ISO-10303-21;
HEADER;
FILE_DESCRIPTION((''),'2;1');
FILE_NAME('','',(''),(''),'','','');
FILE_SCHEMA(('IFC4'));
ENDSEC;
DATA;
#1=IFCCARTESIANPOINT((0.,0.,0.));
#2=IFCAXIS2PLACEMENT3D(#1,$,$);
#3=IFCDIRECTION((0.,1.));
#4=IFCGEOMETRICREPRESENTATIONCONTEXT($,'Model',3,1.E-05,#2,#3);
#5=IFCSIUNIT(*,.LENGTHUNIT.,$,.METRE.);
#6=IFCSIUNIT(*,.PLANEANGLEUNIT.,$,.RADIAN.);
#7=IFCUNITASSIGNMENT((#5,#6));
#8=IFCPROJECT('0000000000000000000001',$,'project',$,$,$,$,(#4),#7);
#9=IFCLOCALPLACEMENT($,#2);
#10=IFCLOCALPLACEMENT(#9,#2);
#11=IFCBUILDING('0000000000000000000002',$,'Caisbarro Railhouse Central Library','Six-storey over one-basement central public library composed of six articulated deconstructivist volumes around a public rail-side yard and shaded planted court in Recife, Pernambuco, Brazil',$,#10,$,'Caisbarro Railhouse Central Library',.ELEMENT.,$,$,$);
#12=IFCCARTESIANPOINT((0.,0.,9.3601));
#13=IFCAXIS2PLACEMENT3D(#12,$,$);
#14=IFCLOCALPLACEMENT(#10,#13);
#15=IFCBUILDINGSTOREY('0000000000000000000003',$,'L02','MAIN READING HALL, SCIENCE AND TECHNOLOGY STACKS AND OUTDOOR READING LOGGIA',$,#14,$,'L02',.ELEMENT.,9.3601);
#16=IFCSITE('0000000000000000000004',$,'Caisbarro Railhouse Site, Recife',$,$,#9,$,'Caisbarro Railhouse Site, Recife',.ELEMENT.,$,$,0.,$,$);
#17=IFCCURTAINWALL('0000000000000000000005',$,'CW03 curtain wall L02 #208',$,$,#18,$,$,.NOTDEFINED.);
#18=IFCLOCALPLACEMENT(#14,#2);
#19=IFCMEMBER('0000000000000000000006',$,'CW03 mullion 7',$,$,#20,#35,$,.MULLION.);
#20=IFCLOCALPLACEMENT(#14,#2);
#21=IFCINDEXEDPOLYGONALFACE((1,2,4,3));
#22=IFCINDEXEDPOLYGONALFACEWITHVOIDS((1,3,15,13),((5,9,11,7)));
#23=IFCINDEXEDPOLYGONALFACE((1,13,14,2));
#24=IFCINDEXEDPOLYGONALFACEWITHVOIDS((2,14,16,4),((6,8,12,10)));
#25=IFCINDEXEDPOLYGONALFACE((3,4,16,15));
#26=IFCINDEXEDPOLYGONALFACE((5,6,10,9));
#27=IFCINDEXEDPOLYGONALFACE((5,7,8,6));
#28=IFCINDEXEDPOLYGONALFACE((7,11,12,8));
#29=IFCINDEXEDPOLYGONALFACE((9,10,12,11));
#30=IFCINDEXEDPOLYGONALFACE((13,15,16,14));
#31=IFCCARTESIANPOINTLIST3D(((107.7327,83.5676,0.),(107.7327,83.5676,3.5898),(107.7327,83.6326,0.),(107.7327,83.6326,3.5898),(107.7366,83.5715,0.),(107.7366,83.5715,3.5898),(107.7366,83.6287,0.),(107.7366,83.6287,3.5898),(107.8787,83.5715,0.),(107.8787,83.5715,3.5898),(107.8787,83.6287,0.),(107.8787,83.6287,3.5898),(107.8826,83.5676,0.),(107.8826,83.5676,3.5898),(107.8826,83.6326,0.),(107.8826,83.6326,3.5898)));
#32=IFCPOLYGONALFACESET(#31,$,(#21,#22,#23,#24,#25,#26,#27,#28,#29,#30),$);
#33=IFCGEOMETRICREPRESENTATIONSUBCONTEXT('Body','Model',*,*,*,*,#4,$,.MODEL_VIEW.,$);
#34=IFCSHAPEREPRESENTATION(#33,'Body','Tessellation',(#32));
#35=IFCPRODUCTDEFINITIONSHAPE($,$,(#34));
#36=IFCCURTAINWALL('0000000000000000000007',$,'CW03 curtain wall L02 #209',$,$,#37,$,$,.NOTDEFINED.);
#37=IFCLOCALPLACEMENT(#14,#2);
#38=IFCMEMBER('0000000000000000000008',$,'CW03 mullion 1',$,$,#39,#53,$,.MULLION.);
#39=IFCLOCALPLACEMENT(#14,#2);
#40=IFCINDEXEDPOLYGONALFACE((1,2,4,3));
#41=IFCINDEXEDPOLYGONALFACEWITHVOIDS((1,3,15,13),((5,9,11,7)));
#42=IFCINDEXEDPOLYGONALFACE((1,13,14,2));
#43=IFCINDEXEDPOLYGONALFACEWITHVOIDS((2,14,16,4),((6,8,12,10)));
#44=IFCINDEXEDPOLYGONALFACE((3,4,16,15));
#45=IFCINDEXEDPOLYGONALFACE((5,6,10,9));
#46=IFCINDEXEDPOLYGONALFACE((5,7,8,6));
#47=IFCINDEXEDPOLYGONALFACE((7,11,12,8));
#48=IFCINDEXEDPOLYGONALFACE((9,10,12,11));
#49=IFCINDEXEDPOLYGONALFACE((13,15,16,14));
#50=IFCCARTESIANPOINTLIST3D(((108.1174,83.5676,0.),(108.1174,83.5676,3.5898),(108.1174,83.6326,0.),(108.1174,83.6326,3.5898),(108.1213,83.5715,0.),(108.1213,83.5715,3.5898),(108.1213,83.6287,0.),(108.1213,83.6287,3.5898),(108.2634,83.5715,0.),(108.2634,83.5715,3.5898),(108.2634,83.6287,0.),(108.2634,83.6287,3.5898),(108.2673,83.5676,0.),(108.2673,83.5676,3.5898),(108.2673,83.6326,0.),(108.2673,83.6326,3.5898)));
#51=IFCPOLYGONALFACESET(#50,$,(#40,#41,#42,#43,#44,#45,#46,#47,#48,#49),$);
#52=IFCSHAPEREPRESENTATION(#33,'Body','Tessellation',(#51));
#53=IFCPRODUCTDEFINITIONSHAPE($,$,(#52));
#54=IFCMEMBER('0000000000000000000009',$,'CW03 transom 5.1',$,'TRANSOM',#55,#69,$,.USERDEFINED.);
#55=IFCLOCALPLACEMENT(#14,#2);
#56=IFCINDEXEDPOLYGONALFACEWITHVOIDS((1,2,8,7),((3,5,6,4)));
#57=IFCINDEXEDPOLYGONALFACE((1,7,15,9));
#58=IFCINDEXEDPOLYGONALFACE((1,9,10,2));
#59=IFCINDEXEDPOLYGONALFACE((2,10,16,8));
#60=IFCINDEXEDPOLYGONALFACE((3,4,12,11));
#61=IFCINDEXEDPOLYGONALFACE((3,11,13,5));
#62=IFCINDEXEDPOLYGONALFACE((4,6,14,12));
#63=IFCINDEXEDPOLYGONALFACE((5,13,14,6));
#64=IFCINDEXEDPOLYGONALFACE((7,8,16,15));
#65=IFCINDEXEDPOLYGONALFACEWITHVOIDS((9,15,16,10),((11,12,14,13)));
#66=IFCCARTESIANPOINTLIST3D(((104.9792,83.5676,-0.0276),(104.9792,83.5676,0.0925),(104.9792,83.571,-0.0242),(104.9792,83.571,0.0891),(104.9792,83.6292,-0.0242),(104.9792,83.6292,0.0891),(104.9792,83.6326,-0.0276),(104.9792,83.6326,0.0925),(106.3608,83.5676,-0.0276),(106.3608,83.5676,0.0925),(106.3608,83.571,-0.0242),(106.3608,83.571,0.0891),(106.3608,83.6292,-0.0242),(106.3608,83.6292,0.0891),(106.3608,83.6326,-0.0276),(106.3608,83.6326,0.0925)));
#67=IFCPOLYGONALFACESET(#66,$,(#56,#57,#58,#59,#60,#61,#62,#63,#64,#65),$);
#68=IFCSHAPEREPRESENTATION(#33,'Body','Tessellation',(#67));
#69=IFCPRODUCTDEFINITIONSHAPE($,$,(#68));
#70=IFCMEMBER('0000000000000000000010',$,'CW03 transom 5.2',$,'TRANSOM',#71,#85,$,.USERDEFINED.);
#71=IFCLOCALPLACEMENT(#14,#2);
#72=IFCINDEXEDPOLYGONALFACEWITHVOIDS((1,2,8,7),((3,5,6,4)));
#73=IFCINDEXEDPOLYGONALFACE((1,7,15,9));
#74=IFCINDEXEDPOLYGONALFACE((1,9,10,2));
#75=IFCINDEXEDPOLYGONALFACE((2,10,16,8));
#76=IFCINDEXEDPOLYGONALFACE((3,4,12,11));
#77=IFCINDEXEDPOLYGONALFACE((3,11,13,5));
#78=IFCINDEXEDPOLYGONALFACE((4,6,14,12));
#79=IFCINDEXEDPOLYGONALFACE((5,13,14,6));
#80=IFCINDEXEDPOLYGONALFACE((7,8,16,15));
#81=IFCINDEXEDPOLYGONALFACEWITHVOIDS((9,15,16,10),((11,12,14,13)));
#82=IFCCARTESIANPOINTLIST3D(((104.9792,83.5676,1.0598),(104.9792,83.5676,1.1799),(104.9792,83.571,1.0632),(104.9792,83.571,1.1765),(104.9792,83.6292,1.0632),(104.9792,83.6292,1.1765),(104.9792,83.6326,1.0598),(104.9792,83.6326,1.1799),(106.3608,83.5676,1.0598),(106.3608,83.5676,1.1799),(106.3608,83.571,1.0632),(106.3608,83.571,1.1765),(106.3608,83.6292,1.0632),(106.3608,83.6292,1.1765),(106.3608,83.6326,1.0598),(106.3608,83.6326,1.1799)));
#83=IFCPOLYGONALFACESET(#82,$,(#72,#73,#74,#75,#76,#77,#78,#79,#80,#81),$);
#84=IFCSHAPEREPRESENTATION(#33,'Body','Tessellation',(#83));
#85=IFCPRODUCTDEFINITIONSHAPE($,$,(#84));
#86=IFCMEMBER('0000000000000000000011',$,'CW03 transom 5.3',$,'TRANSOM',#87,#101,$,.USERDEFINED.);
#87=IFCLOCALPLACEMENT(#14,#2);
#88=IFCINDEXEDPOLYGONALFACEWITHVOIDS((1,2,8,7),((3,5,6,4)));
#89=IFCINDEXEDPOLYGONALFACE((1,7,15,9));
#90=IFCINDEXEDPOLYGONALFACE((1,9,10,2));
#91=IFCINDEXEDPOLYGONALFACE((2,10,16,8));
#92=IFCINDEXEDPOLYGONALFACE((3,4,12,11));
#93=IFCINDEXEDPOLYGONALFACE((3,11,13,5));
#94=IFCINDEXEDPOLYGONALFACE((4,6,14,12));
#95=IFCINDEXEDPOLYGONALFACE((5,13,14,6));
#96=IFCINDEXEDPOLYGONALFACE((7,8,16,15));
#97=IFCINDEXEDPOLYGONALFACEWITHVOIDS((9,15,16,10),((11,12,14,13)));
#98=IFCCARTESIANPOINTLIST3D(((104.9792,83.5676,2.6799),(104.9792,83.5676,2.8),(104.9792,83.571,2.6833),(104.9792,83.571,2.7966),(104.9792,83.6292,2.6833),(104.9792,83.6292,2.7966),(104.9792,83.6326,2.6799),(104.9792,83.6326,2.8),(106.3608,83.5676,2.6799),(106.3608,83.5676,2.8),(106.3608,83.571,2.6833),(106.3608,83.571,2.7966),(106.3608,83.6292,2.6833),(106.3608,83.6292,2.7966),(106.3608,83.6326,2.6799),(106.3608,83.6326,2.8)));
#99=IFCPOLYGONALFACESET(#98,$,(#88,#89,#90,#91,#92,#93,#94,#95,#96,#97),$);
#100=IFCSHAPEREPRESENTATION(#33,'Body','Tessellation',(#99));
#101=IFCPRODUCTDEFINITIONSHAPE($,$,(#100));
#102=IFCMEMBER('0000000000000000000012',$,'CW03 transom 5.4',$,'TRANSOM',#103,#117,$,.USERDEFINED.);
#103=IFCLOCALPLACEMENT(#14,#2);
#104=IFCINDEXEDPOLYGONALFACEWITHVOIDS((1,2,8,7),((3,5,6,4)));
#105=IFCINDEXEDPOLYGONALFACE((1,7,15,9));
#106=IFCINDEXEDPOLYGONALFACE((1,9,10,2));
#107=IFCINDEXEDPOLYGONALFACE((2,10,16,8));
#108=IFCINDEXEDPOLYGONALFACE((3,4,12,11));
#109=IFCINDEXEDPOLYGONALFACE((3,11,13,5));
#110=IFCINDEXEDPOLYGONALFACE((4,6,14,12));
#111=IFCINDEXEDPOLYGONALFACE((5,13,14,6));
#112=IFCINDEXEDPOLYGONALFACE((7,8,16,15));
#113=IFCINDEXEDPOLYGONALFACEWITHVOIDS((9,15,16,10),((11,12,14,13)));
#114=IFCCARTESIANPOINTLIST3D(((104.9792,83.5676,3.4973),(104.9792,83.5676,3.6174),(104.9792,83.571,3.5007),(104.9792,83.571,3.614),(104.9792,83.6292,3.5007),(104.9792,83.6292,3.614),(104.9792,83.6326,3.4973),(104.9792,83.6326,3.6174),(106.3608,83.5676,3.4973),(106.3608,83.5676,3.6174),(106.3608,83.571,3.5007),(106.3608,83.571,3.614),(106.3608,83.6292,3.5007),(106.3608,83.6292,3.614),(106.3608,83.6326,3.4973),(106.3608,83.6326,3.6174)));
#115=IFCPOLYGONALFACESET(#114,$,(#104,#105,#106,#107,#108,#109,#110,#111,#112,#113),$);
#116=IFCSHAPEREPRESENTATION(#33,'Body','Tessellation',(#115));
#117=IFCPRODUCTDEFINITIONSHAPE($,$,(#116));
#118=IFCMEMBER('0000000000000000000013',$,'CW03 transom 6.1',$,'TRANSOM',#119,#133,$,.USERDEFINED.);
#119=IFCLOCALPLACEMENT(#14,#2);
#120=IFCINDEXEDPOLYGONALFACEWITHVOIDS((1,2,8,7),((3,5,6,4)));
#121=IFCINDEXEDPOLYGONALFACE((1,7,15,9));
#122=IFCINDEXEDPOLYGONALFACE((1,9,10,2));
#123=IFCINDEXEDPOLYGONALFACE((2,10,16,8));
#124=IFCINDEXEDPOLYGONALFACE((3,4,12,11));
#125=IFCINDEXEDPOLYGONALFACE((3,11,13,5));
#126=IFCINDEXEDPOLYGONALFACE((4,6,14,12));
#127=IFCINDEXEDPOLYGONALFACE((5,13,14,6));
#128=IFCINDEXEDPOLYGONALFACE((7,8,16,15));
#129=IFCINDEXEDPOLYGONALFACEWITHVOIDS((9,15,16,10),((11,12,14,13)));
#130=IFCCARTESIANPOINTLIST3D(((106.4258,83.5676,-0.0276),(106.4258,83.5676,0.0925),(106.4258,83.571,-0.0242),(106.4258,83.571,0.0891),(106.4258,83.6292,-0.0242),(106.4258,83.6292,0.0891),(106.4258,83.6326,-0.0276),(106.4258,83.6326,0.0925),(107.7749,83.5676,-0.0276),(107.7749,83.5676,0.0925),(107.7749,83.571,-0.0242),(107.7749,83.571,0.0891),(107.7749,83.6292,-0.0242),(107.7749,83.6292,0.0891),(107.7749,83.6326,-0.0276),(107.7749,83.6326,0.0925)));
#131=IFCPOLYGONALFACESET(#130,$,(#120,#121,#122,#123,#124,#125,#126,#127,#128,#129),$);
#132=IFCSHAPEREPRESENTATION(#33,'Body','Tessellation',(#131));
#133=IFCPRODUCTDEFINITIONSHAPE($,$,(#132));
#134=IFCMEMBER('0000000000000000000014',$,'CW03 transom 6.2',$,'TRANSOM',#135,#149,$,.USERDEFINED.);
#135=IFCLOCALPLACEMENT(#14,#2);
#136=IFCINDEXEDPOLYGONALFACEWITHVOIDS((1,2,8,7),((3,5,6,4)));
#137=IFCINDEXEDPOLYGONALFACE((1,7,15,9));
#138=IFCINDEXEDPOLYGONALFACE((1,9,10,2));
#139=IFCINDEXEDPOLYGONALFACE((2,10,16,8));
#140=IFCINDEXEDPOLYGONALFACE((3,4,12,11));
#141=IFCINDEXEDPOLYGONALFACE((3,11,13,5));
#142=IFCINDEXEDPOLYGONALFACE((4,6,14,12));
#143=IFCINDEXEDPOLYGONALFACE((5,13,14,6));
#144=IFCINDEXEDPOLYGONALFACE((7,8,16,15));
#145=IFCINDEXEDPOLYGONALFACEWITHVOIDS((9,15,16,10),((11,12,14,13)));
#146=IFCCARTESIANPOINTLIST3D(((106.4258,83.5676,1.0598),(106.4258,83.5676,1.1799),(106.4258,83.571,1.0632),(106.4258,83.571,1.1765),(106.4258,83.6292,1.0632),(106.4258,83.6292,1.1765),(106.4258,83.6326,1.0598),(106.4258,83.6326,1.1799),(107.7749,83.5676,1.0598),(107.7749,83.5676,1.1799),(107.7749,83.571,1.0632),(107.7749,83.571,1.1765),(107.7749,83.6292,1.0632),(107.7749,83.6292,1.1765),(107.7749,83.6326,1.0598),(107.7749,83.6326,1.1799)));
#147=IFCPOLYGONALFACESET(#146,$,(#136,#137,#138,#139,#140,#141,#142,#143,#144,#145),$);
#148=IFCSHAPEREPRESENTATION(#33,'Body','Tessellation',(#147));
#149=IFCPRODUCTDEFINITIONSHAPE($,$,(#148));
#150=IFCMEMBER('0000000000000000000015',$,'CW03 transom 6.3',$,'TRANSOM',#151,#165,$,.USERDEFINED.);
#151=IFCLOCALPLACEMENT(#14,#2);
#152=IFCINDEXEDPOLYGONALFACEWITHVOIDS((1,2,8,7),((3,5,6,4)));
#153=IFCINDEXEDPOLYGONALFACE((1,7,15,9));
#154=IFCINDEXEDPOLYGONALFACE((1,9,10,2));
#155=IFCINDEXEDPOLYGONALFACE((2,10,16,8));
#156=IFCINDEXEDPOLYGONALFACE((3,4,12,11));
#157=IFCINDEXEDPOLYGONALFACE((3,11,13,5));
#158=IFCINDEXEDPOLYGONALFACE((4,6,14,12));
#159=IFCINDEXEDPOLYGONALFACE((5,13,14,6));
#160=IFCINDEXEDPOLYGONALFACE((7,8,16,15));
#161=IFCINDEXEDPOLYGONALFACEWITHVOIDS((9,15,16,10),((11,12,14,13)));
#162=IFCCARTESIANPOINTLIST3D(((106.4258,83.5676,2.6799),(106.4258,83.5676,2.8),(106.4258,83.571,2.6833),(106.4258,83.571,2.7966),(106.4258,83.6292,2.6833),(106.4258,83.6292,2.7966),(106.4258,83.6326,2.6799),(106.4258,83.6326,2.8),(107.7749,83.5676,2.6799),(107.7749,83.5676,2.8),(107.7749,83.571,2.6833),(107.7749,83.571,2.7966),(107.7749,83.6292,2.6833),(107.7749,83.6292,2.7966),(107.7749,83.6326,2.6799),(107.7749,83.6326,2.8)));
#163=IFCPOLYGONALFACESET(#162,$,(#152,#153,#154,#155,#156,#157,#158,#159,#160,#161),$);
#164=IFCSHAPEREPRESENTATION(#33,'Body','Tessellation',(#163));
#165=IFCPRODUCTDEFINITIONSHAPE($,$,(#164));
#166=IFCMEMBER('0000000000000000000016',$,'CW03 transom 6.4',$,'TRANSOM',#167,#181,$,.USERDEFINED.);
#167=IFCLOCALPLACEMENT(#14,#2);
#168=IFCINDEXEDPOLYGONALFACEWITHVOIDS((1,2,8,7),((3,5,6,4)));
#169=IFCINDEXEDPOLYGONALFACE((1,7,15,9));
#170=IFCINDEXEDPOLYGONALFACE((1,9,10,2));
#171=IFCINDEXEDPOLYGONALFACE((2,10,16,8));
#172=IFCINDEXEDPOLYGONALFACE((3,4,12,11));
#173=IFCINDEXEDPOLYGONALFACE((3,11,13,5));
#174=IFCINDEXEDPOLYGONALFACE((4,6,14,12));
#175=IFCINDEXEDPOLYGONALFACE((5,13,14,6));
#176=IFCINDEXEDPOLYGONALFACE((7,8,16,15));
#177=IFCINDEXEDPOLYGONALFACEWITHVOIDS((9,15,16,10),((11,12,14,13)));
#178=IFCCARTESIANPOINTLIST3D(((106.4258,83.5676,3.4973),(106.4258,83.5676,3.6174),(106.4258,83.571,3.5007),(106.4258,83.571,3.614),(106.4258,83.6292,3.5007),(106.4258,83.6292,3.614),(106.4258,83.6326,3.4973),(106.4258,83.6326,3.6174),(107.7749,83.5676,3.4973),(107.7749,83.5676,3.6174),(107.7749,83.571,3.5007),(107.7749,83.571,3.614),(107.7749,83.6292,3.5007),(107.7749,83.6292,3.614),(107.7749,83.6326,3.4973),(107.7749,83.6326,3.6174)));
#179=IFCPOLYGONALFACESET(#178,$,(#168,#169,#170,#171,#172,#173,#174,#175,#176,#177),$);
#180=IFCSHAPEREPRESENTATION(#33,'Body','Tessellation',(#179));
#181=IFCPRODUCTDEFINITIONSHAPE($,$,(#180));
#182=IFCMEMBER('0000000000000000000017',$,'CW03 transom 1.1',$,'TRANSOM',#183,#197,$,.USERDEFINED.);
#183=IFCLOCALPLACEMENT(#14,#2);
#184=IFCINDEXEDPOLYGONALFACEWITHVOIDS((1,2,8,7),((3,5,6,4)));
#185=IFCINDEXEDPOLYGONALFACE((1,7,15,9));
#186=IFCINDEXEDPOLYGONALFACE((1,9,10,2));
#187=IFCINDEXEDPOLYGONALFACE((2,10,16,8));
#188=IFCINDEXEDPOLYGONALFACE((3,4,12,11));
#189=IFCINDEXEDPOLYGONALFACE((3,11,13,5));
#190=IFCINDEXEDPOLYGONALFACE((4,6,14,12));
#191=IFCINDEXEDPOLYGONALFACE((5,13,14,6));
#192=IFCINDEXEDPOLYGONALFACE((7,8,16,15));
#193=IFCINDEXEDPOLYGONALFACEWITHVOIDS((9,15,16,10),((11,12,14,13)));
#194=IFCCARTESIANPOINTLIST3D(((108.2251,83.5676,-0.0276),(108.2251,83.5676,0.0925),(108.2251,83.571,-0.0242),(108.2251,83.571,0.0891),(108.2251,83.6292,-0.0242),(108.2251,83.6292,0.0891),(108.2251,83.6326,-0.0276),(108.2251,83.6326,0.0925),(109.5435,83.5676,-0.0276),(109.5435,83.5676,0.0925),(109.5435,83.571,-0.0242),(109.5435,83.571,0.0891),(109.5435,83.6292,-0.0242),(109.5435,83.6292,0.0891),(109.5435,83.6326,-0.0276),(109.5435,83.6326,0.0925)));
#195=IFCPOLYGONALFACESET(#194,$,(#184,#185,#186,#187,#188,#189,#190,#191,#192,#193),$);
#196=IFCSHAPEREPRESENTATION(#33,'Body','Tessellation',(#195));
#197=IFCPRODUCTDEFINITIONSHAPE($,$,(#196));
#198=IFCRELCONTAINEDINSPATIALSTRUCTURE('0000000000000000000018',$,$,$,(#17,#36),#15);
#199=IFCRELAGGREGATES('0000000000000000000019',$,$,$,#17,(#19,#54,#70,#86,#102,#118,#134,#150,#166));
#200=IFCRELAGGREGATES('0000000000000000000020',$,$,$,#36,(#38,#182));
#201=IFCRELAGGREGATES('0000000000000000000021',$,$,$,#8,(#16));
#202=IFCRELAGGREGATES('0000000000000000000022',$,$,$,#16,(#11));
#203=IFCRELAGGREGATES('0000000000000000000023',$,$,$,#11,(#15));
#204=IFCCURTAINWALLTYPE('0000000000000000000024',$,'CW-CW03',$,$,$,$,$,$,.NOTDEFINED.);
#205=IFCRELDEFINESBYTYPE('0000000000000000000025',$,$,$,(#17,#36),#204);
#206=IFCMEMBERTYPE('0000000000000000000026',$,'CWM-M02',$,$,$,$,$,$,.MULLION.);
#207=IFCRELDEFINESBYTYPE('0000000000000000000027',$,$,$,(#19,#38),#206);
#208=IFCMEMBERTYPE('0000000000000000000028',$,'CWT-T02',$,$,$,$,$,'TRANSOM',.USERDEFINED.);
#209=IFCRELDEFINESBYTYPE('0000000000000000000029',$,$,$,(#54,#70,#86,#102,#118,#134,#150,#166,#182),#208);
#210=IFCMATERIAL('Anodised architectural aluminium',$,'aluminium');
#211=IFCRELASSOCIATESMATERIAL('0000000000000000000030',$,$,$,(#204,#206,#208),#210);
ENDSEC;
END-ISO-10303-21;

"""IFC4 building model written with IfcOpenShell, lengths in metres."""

from ifc_helpers import new_model, si_unit, direction, frame, origin, origin_2d, place, context, subcontext, project, spatial, hollow_rectangle, extrude, material, material_profile, profile_set, type_object, element, aggregate, save


model = new_model("IFC4")

# Units and contexts
model_context = context("Model", 3, precision=1e-05, world=origin(), true_north=direction((0.0, 1.0)))
body_context = subcontext(model_context, "Body", "Model", "MODEL_VIEW")
ifc_project = project(units=[si_unit("LENGTHUNIT", "METRE"), si_unit("PLANEANGLEUNIT", "RADIAN")], contexts=[model_context])

# Site, building, storey
site_placement = place(None, origin())
site = spatial("IfcSite", under=ifc_project, at=site_placement, Name="Caisbarro Railhouse Site, Recife", LongName="Caisbarro Railhouse Site, Recife", CompositionType="ELEMENT", RefElevation=0.0)
building_placement = place(site_placement, origin())
building = spatial("IfcBuilding", under=site, at=building_placement, Name="Caisbarro Railhouse Central Library", Description="Six-storey over one-basement central public library composed of six articulated deconstructivist volumes around a public rail-side yard and shaded planted court in Recife, Pernambuco, Brazil", LongName="Caisbarro Railhouse Central Library", CompositionType="ELEMENT")
storey_placement = place(building_placement, frame((0.0, 0.0, 9.3601)))
storey = spatial("IfcBuildingStorey", under=building, at=storey_placement, Name="L02", Description="MAIN READING HALL, SCIENCE AND TECHNOLOGY STACKS AND OUTDOOR READING LOGGIA", LongName="L02", CompositionType="ELEMENT", Elevation=9.3601)

# Curtain wall, member
ifc_material_1 = material(Name="Anodised architectural aluminium", Category="aluminium")
curtain_wall_type = type_object("IfcCurtainWallType", Name="CW-CW03", PredefinedType="NOTDEFINED", material=ifc_material_1)
curtain_wall_1_placement = place(storey_placement, origin())
curtain_wall_1 = element("IfcCurtainWall", 1, at=curtain_wall_1_placement, inside=storey, type_object=curtain_wall_type, Name="CW03 curtain wall L02 #208", PredefinedType="NOTDEFINED")
ifc_material_profile_1 = material_profile(ifc_material_1, hollow_rectangle(XDim=0.0649, YDim=0.1499, WallThickness=0.0039, at=origin_2d()), Name="ALU-MUL-65X150")
ifc_profile_set_1 = profile_set([ifc_material_profile_1], Name="Anodised architectural aluminium")
member_type_1 = type_object("IfcMemberType", Name="CWM-M02", PredefinedType="MULLION", material=ifc_profile_set_1)
member_1_placement = place(storey_placement, frame((107.8076, 83.6001, 0.0), z_axis=(0.0, 0.0, 1.0), x_axis=(0.0, 1.0, 0.0)))
member_1 = element("IfcMember", 2, at=member_1_placement, type_object=member_type_1, Name="CW03 mullion 7", PredefinedType="MULLION", context=body_context, shape_type="SweptSolid", body=[
    extrude(hollow_rectangle(XDim=0.0649, YDim=0.1499, WallThickness=0.0039, at=origin_2d()), origin(), (0.0, 0.0, 1.0), 3.5898),
])

# Curtain wall, member
curtain_wall_2_placement = place(storey_placement, origin())
curtain_wall_2 = element("IfcCurtainWall", 3, at=curtain_wall_2_placement, inside=storey, type_object=curtain_wall_type, Name="CW03 curtain wall L02 #209", PredefinedType="NOTDEFINED")
member_2_placement = place(storey_placement, frame((108.1924, 83.6001, 0.0), z_axis=(0.0, 0.0, 1.0), x_axis=(0.0, 1.0, 0.0)))
member_2 = element("IfcMember", 4, at=member_2_placement, type_object=member_type_1, Name="CW03 mullion 1", PredefinedType="MULLION", context=body_context, shape_type="SweptSolid", body=[
    extrude(hollow_rectangle(XDim=0.0649, YDim=0.1499, WallThickness=0.0039, at=origin_2d()), origin(), (0.0, 0.0, 1.0), 3.5898),
])

# Members
ifc_material_profile_2 = material_profile(ifc_material_1, hollow_rectangle(XDim=0.0649, YDim=0.1201, WallThickness=0.0034, at=origin_2d()), Name="ALU-TRN-65X120")
ifc_profile_set_2 = profile_set([ifc_material_profile_2], Name="Anodised architectural aluminium")
member_type_2 = type_object("IfcMemberType", Name="CWT-T02", ElementType="TRANSOM", PredefinedType="USERDEFINED", material=ifc_profile_set_2)
member_3_placement = place(storey_placement, frame((104.9792, 83.6001, 0.0325), z_axis=(1.0, 0.0, 0.0), x_axis=(0.0, 1.0, 0.0)))
member_3 = element("IfcMember", 5, at=member_3_placement, type_object=member_type_2, Name="CW03 transom 5.1", ObjectType="TRANSOM", PredefinedType="USERDEFINED", context=body_context, shape_type="SweptSolid", body=[
    extrude(hollow_rectangle(XDim=0.0649, YDim=0.1201, WallThickness=0.0034, at=origin_2d()), origin(), (0.0, 0.0, 1.0), 1.3816),
])
member_4_placement = place(storey_placement, frame((104.9792, 83.6001, 1.1199), z_axis=(1.0, 0.0, 0.0), x_axis=(0.0, 1.0, 0.0)))
member_4 = element("IfcMember", 6, at=member_4_placement, type_object=member_type_2, Name="CW03 transom 5.2", ObjectType="TRANSOM", PredefinedType="USERDEFINED", context=body_context, shape_type="SweptSolid", body=[
    extrude(hollow_rectangle(XDim=0.0649, YDim=0.1201, WallThickness=0.0034, at=origin_2d()), origin(), (0.0, 0.0, 1.0), 1.3816),
])
member_5_placement = place(storey_placement, frame((104.9792, 83.6001, 2.74), z_axis=(1.0, 0.0, 0.0), x_axis=(0.0, 1.0, 0.0)))
member_5 = element("IfcMember", 7, at=member_5_placement, type_object=member_type_2, Name="CW03 transom 5.3", ObjectType="TRANSOM", PredefinedType="USERDEFINED", context=body_context, shape_type="SweptSolid", body=[
    extrude(hollow_rectangle(XDim=0.0649, YDim=0.1201, WallThickness=0.0034, at=origin_2d()), origin(), (0.0, 0.0, 1.0), 1.3816),
])
member_6_placement = place(storey_placement, frame((104.9792, 83.6001, 3.5574), z_axis=(1.0, 0.0, 0.0), x_axis=(0.0, 1.0, 0.0)))
member_6 = element("IfcMember", 8, at=member_6_placement, type_object=member_type_2, Name="CW03 transom 5.4", ObjectType="TRANSOM", PredefinedType="USERDEFINED", context=body_context, shape_type="SweptSolid", body=[
    extrude(hollow_rectangle(XDim=0.0649, YDim=0.1201, WallThickness=0.0034, at=origin_2d()), origin(), (0.0, 0.0, 1.0), 1.3816),
])
member_7_placement = place(storey_placement, frame((106.4258, 83.6001, 0.0325), z_axis=(1.0, 0.0, 0.0), x_axis=(0.0, 1.0, 0.0)))
member_7 = element("IfcMember", 9, at=member_7_placement, type_object=member_type_2, Name="CW03 transom 6.1", ObjectType="TRANSOM", PredefinedType="USERDEFINED", context=body_context, shape_type="SweptSolid", body=[
    extrude(hollow_rectangle(XDim=0.0649, YDim=0.1201, WallThickness=0.0034, at=origin_2d()), origin(), (0.0, 0.0, 1.0), 1.3491),
])
member_8_placement = place(storey_placement, frame((106.4258, 83.6001, 1.1199), z_axis=(1.0, 0.0, 0.0), x_axis=(0.0, 1.0, 0.0)))
member_8 = element("IfcMember", 10, at=member_8_placement, type_object=member_type_2, Name="CW03 transom 6.2", ObjectType="TRANSOM", PredefinedType="USERDEFINED", context=body_context, shape_type="SweptSolid", body=[
    extrude(hollow_rectangle(XDim=0.0649, YDim=0.1201, WallThickness=0.0034, at=origin_2d()), origin(), (0.0, 0.0, 1.0), 1.3491),
])
member_9_placement = place(storey_placement, frame((106.4258, 83.6001, 2.74), z_axis=(1.0, 0.0, 0.0), x_axis=(0.0, 1.0, 0.0)))
member_9 = element("IfcMember", 11, at=member_9_placement, type_object=member_type_2, Name="CW03 transom 6.3", ObjectType="TRANSOM", PredefinedType="USERDEFINED", context=body_context, shape_type="SweptSolid", body=[
    extrude(hollow_rectangle(XDim=0.0649, YDim=0.1201, WallThickness=0.0034, at=origin_2d()), origin(), (0.0, 0.0, 1.0), 1.3491),
])
member_10_placement = place(storey_placement, frame((106.4258, 83.6001, 3.5574), z_axis=(1.0, 0.0, 0.0), x_axis=(0.0, 1.0, 0.0)))
member_10 = element("IfcMember", 12, at=member_10_placement, type_object=member_type_2, Name="CW03 transom 6.4", ObjectType="TRANSOM", PredefinedType="USERDEFINED", context=body_context, shape_type="SweptSolid", body=[
    extrude(hollow_rectangle(XDim=0.0649, YDim=0.1201, WallThickness=0.0034, at=origin_2d()), origin(), (0.0, 0.0, 1.0), 1.3491),
])
member_11_placement = place(storey_placement, frame((108.2251, 83.6001, 0.0325), z_axis=(1.0, 0.0, 0.0), x_axis=(0.0, 1.0, 0.0)))
member_11 = element("IfcMember", 13, at=member_11_placement, type_object=member_type_2, Name="CW03 transom 1.1", ObjectType="TRANSOM", PredefinedType="USERDEFINED", context=body_context, shape_type="SweptSolid", body=[
    extrude(hollow_rectangle(XDim=0.0649, YDim=0.1201, WallThickness=0.0034, at=origin_2d()), origin(), (0.0, 0.0, 1.0), 1.3184),
])

aggregate(curtain_wall_1, [member_1, member_3, member_4, member_5, member_6, member_7, member_8, member_9, member_10])
aggregate(curtain_wall_2, [member_2, member_11])

save(model, "model.ifc")
